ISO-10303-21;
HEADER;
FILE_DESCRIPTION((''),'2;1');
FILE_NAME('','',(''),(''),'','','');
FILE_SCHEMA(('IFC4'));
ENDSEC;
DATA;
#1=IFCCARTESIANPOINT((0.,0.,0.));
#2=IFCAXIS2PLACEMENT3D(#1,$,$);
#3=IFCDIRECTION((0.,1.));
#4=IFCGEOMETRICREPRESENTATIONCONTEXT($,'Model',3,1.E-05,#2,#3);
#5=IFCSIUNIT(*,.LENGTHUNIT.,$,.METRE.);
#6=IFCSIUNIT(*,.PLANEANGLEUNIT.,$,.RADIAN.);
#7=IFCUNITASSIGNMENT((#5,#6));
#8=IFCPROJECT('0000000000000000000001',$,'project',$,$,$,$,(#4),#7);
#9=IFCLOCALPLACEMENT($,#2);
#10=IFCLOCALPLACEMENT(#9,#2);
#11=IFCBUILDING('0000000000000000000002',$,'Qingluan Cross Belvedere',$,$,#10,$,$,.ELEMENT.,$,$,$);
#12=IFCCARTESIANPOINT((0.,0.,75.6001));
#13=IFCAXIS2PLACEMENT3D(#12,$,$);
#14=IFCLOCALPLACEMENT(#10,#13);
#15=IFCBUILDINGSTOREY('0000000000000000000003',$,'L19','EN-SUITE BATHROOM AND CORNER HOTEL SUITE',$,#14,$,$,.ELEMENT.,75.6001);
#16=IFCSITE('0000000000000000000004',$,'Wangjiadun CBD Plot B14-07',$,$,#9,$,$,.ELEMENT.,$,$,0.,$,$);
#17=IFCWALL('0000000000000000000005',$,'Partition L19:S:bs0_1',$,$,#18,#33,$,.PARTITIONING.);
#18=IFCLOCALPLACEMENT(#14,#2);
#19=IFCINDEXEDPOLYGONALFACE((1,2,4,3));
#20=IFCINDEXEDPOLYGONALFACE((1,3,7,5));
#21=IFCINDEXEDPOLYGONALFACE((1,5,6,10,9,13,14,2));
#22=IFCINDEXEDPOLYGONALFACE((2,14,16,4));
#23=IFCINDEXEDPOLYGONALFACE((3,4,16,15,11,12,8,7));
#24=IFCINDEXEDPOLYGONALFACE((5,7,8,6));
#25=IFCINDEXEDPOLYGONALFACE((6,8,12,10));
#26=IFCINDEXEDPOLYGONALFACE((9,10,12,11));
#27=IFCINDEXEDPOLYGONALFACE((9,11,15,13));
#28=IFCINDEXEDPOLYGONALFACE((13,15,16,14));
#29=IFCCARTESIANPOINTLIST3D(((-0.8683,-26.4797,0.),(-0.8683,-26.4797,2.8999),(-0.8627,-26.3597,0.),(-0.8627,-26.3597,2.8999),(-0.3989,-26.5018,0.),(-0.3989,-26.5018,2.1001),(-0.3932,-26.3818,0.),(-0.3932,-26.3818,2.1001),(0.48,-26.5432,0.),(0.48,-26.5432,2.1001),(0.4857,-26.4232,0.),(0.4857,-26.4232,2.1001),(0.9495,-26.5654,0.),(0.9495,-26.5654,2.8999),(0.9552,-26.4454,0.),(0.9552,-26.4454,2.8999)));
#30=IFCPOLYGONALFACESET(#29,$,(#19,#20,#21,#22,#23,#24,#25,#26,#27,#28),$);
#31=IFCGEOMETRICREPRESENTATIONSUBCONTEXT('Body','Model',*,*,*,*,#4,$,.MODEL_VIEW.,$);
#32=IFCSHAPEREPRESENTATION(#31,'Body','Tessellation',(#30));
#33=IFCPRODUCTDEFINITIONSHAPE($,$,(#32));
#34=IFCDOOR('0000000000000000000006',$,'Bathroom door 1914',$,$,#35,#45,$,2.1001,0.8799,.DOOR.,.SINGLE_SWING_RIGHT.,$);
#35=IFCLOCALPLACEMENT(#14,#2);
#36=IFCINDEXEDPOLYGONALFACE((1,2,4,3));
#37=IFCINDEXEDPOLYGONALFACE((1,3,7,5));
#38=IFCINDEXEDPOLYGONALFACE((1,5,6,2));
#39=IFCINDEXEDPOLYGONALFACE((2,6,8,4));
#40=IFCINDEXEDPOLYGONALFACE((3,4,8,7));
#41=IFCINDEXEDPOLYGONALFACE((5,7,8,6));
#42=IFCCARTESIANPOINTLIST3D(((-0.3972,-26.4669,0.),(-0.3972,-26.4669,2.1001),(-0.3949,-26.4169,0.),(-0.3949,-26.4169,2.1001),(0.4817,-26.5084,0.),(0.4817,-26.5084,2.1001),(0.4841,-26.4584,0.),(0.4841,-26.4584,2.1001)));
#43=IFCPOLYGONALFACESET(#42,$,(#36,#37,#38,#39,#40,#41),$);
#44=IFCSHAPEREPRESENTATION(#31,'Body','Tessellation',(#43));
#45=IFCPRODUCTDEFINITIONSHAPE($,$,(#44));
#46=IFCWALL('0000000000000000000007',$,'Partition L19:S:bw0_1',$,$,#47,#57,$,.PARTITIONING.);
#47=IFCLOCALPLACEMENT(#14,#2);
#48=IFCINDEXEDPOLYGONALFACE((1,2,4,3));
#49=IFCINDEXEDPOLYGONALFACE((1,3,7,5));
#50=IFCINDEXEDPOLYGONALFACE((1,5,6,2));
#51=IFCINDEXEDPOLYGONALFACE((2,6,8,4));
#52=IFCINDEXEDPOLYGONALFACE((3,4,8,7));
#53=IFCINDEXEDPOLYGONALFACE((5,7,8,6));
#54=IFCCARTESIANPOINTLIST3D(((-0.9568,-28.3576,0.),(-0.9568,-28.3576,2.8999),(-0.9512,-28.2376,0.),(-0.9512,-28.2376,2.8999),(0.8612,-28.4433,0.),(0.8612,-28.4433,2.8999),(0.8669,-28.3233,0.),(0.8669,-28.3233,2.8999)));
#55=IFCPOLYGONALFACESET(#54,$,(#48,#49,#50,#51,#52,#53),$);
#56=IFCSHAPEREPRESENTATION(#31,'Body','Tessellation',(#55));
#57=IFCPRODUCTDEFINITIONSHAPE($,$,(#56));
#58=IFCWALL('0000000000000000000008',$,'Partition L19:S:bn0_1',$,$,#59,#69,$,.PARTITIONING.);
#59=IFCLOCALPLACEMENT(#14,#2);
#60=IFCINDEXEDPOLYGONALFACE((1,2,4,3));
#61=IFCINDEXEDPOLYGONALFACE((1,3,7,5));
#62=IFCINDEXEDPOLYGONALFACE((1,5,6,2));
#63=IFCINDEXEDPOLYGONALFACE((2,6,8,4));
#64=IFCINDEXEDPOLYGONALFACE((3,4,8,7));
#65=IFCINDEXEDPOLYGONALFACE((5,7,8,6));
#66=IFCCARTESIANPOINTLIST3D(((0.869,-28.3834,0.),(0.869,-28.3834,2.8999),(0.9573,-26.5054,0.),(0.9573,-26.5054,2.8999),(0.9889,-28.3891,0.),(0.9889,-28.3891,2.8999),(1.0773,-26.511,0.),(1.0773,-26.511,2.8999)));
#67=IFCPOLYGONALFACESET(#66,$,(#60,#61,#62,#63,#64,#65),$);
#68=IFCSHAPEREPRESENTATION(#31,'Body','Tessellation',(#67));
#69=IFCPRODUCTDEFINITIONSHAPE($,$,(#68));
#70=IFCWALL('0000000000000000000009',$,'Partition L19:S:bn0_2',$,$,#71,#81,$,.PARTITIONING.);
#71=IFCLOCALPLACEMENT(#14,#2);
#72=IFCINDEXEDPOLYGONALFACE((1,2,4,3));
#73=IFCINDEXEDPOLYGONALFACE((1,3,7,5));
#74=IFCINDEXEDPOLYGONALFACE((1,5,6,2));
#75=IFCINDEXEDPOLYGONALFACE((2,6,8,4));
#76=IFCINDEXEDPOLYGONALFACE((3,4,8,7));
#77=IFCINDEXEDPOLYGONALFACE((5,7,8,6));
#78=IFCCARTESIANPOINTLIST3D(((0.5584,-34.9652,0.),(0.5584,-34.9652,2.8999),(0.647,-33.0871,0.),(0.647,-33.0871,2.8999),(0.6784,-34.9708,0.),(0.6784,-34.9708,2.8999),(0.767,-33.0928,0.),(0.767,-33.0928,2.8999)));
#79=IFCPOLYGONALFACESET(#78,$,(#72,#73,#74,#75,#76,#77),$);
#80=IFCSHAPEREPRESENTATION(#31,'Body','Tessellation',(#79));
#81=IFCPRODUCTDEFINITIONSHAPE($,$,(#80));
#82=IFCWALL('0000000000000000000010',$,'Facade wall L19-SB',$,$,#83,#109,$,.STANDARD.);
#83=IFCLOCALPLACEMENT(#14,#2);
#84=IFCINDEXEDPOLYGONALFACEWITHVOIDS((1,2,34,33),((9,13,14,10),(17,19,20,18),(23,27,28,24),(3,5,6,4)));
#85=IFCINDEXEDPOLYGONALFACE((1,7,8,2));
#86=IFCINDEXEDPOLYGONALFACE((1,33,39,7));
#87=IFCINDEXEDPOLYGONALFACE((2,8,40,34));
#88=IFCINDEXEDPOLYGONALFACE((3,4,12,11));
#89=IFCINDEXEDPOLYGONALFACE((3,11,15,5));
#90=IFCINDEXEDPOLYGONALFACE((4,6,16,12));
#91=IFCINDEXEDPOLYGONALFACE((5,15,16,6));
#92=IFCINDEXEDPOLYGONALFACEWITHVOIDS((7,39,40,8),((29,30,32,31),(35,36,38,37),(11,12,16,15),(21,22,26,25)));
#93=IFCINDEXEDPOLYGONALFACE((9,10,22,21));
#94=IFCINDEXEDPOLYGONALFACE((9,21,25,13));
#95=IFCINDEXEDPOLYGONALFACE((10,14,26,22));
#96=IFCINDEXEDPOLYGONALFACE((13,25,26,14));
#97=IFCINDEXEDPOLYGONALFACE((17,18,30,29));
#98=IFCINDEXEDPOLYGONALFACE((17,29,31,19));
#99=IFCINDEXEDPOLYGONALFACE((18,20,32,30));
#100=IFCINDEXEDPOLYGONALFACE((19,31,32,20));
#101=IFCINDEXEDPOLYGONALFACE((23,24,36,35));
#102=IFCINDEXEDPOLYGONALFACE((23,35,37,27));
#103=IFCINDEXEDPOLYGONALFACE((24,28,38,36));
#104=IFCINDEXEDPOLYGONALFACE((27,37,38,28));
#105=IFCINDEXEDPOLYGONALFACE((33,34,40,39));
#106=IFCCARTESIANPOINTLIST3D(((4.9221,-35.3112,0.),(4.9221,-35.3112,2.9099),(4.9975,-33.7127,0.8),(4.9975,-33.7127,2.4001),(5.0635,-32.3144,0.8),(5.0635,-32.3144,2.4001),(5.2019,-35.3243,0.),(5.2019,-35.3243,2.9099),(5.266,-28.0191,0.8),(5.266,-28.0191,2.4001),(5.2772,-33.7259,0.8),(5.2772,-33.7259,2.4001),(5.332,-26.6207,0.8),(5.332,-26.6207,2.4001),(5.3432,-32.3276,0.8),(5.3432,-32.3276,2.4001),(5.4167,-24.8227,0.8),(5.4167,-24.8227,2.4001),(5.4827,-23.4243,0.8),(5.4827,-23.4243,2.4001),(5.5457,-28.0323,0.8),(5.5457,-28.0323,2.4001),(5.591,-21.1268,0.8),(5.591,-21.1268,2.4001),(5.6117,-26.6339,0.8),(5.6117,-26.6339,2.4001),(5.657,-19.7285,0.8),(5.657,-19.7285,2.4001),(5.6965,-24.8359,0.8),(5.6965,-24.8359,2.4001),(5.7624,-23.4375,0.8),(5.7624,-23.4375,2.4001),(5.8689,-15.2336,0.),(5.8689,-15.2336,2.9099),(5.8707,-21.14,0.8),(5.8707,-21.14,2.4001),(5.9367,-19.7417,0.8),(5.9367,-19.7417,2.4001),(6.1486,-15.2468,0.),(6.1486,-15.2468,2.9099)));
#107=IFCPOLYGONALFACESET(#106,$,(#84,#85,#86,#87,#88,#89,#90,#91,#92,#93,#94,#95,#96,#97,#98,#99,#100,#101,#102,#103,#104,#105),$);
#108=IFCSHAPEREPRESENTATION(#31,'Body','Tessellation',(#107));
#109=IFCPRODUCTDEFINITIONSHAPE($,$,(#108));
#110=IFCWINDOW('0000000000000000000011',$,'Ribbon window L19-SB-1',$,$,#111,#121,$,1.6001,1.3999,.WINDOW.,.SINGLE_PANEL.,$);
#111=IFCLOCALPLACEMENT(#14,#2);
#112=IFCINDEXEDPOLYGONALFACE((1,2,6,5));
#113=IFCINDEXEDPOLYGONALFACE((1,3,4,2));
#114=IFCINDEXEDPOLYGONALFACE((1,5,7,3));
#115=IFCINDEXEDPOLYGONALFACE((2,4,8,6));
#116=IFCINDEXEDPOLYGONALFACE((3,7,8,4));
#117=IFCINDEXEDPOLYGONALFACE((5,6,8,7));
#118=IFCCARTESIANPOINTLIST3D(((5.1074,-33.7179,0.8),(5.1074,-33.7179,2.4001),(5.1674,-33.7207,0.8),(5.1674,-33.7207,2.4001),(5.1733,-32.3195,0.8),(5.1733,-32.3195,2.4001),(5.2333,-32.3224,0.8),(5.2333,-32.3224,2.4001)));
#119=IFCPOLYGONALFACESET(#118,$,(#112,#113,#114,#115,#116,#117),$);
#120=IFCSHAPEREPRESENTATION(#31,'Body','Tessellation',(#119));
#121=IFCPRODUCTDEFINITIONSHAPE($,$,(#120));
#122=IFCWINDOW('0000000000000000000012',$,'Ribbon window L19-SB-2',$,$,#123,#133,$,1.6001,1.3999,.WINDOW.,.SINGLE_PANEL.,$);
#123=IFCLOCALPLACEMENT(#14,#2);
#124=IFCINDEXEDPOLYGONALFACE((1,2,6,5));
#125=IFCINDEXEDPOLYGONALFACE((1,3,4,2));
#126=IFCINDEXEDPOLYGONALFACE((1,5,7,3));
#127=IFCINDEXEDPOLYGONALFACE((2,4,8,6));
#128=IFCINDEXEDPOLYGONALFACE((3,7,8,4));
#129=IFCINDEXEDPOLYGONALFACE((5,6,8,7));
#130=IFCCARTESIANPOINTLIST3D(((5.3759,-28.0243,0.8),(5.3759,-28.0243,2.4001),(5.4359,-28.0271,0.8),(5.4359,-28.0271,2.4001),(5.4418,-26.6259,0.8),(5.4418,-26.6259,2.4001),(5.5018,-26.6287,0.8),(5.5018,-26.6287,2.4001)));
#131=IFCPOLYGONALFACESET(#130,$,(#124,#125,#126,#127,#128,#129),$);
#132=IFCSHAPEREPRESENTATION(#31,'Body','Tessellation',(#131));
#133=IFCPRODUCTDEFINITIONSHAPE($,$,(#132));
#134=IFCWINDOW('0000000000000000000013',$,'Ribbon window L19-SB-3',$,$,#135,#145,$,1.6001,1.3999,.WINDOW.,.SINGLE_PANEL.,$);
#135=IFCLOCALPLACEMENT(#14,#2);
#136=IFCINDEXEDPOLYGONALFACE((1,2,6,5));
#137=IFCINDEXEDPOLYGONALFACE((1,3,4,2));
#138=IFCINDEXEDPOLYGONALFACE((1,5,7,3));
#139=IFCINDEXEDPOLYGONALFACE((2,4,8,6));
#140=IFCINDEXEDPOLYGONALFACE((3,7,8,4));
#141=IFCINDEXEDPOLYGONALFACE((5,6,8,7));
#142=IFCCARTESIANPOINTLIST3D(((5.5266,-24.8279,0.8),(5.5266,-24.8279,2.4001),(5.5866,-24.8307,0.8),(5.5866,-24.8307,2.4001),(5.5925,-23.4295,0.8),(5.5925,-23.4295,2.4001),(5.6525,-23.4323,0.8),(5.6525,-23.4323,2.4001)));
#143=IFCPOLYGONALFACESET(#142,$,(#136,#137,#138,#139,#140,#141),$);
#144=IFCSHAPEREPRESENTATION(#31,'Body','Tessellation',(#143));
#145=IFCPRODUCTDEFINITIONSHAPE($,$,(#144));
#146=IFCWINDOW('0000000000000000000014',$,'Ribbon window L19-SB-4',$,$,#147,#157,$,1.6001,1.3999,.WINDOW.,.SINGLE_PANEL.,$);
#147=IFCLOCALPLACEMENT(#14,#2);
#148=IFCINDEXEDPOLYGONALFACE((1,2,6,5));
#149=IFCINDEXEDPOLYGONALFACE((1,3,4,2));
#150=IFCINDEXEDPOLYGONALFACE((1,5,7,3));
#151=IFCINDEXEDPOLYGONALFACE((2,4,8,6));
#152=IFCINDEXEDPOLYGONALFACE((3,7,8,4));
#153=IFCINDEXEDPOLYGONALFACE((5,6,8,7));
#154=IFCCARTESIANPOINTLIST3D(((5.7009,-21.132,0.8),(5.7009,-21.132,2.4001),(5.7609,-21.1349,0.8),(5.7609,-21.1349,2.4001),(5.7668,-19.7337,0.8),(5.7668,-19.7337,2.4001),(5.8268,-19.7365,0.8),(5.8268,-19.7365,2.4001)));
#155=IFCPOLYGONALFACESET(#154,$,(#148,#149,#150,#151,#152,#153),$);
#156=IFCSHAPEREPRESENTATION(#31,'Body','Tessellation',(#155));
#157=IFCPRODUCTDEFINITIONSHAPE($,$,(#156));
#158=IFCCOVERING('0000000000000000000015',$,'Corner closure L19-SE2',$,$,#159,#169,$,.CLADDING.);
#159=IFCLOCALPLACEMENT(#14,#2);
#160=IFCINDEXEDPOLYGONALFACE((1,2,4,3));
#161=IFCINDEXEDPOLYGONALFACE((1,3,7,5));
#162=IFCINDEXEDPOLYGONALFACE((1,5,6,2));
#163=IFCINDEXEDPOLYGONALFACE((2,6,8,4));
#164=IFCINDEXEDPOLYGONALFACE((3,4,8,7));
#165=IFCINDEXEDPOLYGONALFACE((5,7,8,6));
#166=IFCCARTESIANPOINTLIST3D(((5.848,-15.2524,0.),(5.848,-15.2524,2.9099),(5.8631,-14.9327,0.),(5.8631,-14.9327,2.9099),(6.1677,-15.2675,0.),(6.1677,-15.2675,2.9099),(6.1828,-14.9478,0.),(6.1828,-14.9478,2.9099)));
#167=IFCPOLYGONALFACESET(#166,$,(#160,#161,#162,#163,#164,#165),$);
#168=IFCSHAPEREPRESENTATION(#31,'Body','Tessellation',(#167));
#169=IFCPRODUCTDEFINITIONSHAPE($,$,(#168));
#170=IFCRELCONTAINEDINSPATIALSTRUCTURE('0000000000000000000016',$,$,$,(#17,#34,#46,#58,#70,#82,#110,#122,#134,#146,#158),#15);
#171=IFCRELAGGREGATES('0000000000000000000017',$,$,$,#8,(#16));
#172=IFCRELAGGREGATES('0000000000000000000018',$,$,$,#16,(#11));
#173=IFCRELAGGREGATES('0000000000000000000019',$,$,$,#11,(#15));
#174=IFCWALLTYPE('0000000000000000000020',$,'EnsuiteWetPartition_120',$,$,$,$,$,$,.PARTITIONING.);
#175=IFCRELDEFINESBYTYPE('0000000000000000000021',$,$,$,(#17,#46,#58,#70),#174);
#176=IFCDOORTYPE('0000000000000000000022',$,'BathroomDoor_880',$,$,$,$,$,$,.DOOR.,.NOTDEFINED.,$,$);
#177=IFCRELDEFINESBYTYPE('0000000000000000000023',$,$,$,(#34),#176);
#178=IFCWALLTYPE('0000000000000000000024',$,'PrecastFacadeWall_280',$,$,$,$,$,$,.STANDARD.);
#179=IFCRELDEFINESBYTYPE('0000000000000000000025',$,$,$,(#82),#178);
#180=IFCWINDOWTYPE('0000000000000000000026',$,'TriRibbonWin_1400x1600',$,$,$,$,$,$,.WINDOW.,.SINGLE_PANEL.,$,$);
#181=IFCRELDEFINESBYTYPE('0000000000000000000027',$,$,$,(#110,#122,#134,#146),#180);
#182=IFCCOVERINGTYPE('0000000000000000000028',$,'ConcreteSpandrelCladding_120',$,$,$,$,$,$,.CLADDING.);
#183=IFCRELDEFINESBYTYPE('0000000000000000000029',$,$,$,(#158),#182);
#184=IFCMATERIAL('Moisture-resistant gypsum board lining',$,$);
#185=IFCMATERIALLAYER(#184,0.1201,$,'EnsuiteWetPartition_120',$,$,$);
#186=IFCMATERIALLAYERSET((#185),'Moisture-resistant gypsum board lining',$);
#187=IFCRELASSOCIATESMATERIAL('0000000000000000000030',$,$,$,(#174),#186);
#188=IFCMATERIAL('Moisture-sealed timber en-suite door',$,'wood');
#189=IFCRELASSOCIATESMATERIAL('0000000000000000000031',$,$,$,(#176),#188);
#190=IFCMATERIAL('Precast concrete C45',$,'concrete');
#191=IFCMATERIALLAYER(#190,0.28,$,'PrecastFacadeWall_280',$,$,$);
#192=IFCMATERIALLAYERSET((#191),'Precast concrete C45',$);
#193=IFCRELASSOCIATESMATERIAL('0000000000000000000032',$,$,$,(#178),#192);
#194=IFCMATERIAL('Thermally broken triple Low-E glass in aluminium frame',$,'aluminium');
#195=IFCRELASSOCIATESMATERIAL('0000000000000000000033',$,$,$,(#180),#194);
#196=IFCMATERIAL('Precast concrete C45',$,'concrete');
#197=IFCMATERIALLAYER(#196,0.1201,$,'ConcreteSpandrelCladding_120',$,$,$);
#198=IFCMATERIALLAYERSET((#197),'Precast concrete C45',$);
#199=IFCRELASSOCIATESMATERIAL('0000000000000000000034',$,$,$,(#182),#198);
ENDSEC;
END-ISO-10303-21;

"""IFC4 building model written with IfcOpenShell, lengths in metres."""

from ifc_helpers import new_model, si_unit, direction, frame, frame_2d, origin, origin_2d, place, context, subcontext, project, spatial, rectangle, extrude, material, layer, layer_set, type_object, element, fill, save


model = new_model("IFC4")

# Units and contexts
model_context = context("Model", 3, precision=1e-05, world=origin(), true_north=direction((0.0, 1.0)))
body_context = subcontext(model_context, "Body", "Model", "MODEL_VIEW")
ifc_project = project(units=[si_unit("LENGTHUNIT", "METRE"), si_unit("PLANEANGLEUNIT", "RADIAN")], contexts=[model_context])

# Site, building, storey
site_placement = place(None, origin())
site = spatial("IfcSite", under=ifc_project, at=site_placement, Name="Wangjiadun CBD Plot B14-07", CompositionType="ELEMENT", RefElevation=0.0)
building_placement = place(site_placement, origin())
building = spatial("IfcBuilding", under=site, at=building_placement, Name="Qingluan Cross Belvedere", CompositionType="ELEMENT")
storey_placement = place(building_placement, frame((0.0, 0.0, 75.6001)))
storey = spatial("IfcBuildingStorey", under=building, at=storey_placement, Name="L19", Description="EN-SUITE BATHROOM AND CORNER HOTEL SUITE", CompositionType="ELEMENT", Elevation=75.6001)

# Shared definitions
ifc_material_1 = material(Name="Moisture-resistant gypsum board lining")
ifc_layer_1 = layer(ifc_material_1, 0.1201, Name="EnsuiteWetPartition_120")
ifc_layer_set_1 = layer_set([ifc_layer_1], Name="Moisture-resistant gypsum board lining")
wall_type_1 = type_object("IfcWallType", Name="EnsuiteWetPartition_120", PredefinedType="PARTITIONING", material=ifc_layer_set_1)
ifc_material_2 = material(Name="Moisture-sealed timber en-suite door", Category="wood")
door_type_1 = type_object("IfcDoorType", Name="BathroomDoor_880", OperationType="NOTDEFINED", PredefinedType="DOOR", material=ifc_material_2)

# Wall, opening, door
wall_1_placement = place(storey_placement, frame((-0.8655, -26.4197, 0.0), z_axis=(0.0, 0.0, 1.0), x_axis=(0.998891, -0.047087, 0.0)))
wall_1 = element("IfcWall", 1, at=wall_1_placement, inside=storey, type_object=wall_type_1, Name="Partition L19:S:bs0_1", PredefinedType="PARTITIONING", context=body_context, shape_type="SweptSolid", body=[
    extrude(rectangle(XDim=1.8198, YDim=0.1201, at=frame_2d((0.9099, 0.0))), origin(), (0.0, 0.0, 1.0), 2.8999),
])
opening_1_placement = place(wall_1_placement, frame((0.47, 0.0, 0.0)))
opening_1 = element("IfcOpeningElement", 2, at=opening_1_placement, cuts=wall_1, PredefinedType="OPENING", context=body_context, shape_type="SweptSolid", body=[
    extrude(rectangle(XDim=0.8799, YDim=2.1001, at=frame_2d((0.4399, 1.05))), frame((0.0, 0.0701, 0.0), z_axis=(0.0, -1.0, 0.0), x_axis=(1.0, 0.0, 0.0)), (0.0, 0.0, 1.0), 0.1401),
])
door_1_placement = place(opening_1_placement, origin())
door_1 = element("IfcDoor", 3, at=door_1_placement, inside=storey, type_object=door_type_1, Name="Bathroom door 1914", OperationType="SINGLE_SWING_RIGHT", OverallHeight=2.1001, OverallWidth=0.8799, PredefinedType="DOOR", context=body_context, shape_type="SweptSolid", body=[
    extrude(rectangle(XDim=0.8799, YDim=2.1001, at=frame_2d((0.4399, 1.05))), frame((0.0, 0.0249, 0.0), z_axis=(0.0, -1.0, 0.0), x_axis=(1.0, 0.0, 0.0)), (0.0, 0.0, 1.0), 0.05),
])
fill(opening_1, door_1)

# Walls
wall_2_placement = place(storey_placement, frame((-0.9541, -28.2976, 0.0), z_axis=(0.0, 0.0, 1.0), x_axis=(0.998891, -0.047081, 0.0)))
element("IfcWall", 4, at=wall_2_placement, inside=storey, type_object=wall_type_1, Name="Partition L19:S:bw0_1", PredefinedType="PARTITIONING", context=body_context, shape_type="SweptSolid", body=[
    extrude(rectangle(XDim=1.8201, YDim=0.1201, at=frame_2d((0.9102, 0.0))), origin(), (0.0, 0.0, 1.0), 2.8999),
])
for number, where, z_axis, x_axis, name in (
    (5, (1.0173, -26.5083, 0.0), (0.0, 0.0, 1.0), (-0.04701, -0.998894, 0.0), "Partition L19:S:bn0_1"),
    (6, (0.707, -33.0901, 0.0), (0.0, 0.0, 1.0), (-0.047139, -0.998888, 0.0), "Partition L19:S:bn0_2"),
):
    element("IfcWall", number, at=place(storey_placement, frame(where, z_axis=z_axis, x_axis=x_axis)), inside=storey, type_object=wall_type_1, Name=name, PredefinedType="PARTITIONING", context=body_context, shape_type="SweptSolid", body=[
        extrude(rectangle(XDim=1.8801, YDim=0.1201, at=frame_2d((0.9399, 0.0))), origin(), (0.0, 0.0, 1.0), 2.8999),
    ])

# Wall, openings, windows
ifc_material_3 = material(Name="Precast concrete C45", Category="concrete")
ifc_layer_2 = layer(ifc_material_3, 0.28, Name="PrecastFacadeWall_280")
ifc_layer_set_2 = layer_set([ifc_layer_2], Name="Precast concrete C45")
wall_type_2 = type_object("IfcWallType", Name="PrecastFacadeWall_280", PredefinedType="STANDARD", material=ifc_layer_set_2)
wall_3_placement = place(storey_placement, frame((5.062, -35.3176, 0.0), z_axis=(0.0, 0.0, 1.0), x_axis=(0.047103, 0.99889, 0.0)))
wall_3 = element("IfcWall", 7, at=wall_3_placement, inside=storey, type_object=wall_type_2, Name="Facade wall L19-SB", PredefinedType="STANDARD", context=body_context, shape_type="SweptSolid", body=[
    extrude(rectangle(XDim=20.0999, YDim=0.28, at=frame_2d((10.0498, 0.0))), origin(), (0.0, 0.0, 1.0), 2.9099),
])
opening_2_placement = place(wall_3_placement, frame((1.6001, 0.0, 0.8)))
opening_2 = element("IfcOpeningElement", 8, at=opening_2_placement, cuts=wall_3, PredefinedType="OPENING", context=body_context, shape_type="SweptSolid", body=[
    extrude(rectangle(XDim=1.3999, YDim=1.6001, at=frame_2d((0.7, 0.8))), frame((0.0, 0.1499, 0.0), z_axis=(0.0, -1.0, 0.0), x_axis=(1.0, 0.0, 0.0)), (0.0, 0.0, 1.0), 0.3),
])
opening_3_placement = place(wall_3_placement, frame((7.3, 0.0, 0.8)))
opening_3 = element("IfcOpeningElement", 9, at=opening_3_placement, cuts=wall_3, PredefinedType="OPENING", context=body_context, shape_type="SweptSolid", body=[
    extrude(rectangle(XDim=1.3999, YDim=1.6001, at=frame_2d((0.7, 0.8))), frame((0.0, 0.1499, 0.0), z_axis=(0.0, -1.0, 0.0), x_axis=(1.0, 0.0, 0.0)), (0.0, 0.0, 1.0), 0.3),
])
opening_4_placement = place(wall_3_placement, frame((10.5, 0.0, 0.8)))
opening_4 = element("IfcOpeningElement", 10, at=opening_4_placement, cuts=wall_3, PredefinedType="OPENING", context=body_context, shape_type="SweptSolid", body=[
    extrude(rectangle(XDim=1.3999, YDim=1.6001, at=frame_2d((0.7, 0.8))), frame((0.0, 0.1499, 0.0), z_axis=(0.0, -1.0, 0.0), x_axis=(1.0, 0.0, 0.0)), (0.0, 0.0, 1.0), 0.3),
])
opening_5_placement = place(wall_3_placement, frame((14.2, 0.0, 0.8)))
opening_5 = element("IfcOpeningElement", 11, at=opening_5_placement, cuts=wall_3, PredefinedType="OPENING", context=body_context, shape_type="SweptSolid", body=[
    extrude(rectangle(XDim=1.3999, YDim=1.6001, at=frame_2d((0.7, 0.8))), frame((0.0, 0.1499, 0.0), z_axis=(0.0, -1.0, 0.0), x_axis=(1.0, 0.0, 0.0)), (0.0, 0.0, 1.0), 0.3),
])
ifc_material_4 = material(Name="Thermally broken triple Low-E glass in aluminium frame", Category="aluminium")
window_type = type_object("IfcWindowType", Name="TriRibbonWin_1400x1600", PartitioningType="SINGLE_PANEL", PredefinedType="WINDOW", material=ifc_material_4)
window_1_placement = place(opening_2_placement, origin())
window_1 = element("IfcWindow", 12, at=window_1_placement, inside=storey, type_object=window_type, Name="Ribbon window L19-SB-1", OverallHeight=1.6001, OverallWidth=1.3999, PartitioningType="SINGLE_PANEL", PredefinedType="WINDOW", context=body_context, shape_type="SweptSolid", body=[
    extrude(rectangle(XDim=1.3999, YDim=1.6001, at=frame_2d((0.7, 0.8))), frame((0.0, 0.03, 0.0), z_axis=(0.0, -1.0, 0.0), x_axis=(1.0, 0.0, 0.0)), (0.0, 0.0, 1.0), 0.0601),
])
fill(opening_2, window_1)
window_2_placement = place(opening_3_placement, origin())
window_2 = element("IfcWindow", 13, at=window_2_placement, inside=storey, type_object=window_type, Name="Ribbon window L19-SB-2", OverallHeight=1.6001, OverallWidth=1.3999, PartitioningType="SINGLE_PANEL", PredefinedType="WINDOW", context=body_context, shape_type="SweptSolid", body=[
    extrude(rectangle(XDim=1.3999, YDim=1.6001, at=frame_2d((0.7, 0.8))), frame((0.0, 0.03, 0.0), z_axis=(0.0, -1.0, 0.0), x_axis=(1.0, 0.0, 0.0)), (0.0, 0.0, 1.0), 0.0601),
])
fill(opening_3, window_2)
window_3_placement = place(opening_4_placement, origin())
window_3 = element("IfcWindow", 14, at=window_3_placement, inside=storey, type_object=window_type, Name="Ribbon window L19-SB-3", OverallHeight=1.6001, OverallWidth=1.3999, PartitioningType="SINGLE_PANEL", PredefinedType="WINDOW", context=body_context, shape_type="SweptSolid", body=[
    extrude(rectangle(XDim=1.3999, YDim=1.6001, at=frame_2d((0.7, 0.8))), frame((0.0, 0.03, 0.0), z_axis=(0.0, -1.0, 0.0), x_axis=(1.0, 0.0, 0.0)), (0.0, 0.0, 1.0), 0.0601),
])
fill(opening_4, window_3)
window_4_placement = place(opening_5_placement, origin())
window_4 = element("IfcWindow", 15, at=window_4_placement, inside=storey, type_object=window_type, Name="Ribbon window L19-SB-4", OverallHeight=1.6001, OverallWidth=1.3999, PartitioningType="SINGLE_PANEL", PredefinedType="WINDOW", context=body_context, shape_type="SweptSolid", body=[
    extrude(rectangle(XDim=1.3999, YDim=1.6001, at=frame_2d((0.7, 0.8))), frame((0.0, 0.03, 0.0), z_axis=(0.0, -1.0, 0.0), x_axis=(1.0, 0.0, 0.0)), (0.0, 0.0, 1.0), 0.0601),
])
fill(opening_5, window_4)

# Covering
ifc_material_5 = material(Name="Precast concrete C45", Category="concrete")
ifc_layer_3 = layer(ifc_material_5, 0.1201, Name="ConcreteSpandrelCladding_120")
ifc_layer_set_3 = layer_set([ifc_layer_3], Name="Precast concrete C45")
covering_type = type_object("IfcCoveringType", Name="ConcreteSpandrelCladding_120", PredefinedType="CLADDING", material=ifc_layer_set_3)
covering_placement = place(storey_placement, frame((6.0154, -15.1001, 0.0), z_axis=(0.0, 0.0, 1.0), x_axis=(0.99889, -0.047106, 0.0)))
element("IfcCovering", 16, at=covering_placement, inside=storey, type_object=covering_type, Name="Corner closure L19-SE2", PredefinedType="CLADDING", context=body_context, shape_type="SweptSolid", body=[
    extrude(rectangle(XDim=0.3201, YDim=0.3201, at=origin_2d()), origin(), (0.0, 0.0, 1.0), 2.9099),
])

save(model, "model.ifc")
